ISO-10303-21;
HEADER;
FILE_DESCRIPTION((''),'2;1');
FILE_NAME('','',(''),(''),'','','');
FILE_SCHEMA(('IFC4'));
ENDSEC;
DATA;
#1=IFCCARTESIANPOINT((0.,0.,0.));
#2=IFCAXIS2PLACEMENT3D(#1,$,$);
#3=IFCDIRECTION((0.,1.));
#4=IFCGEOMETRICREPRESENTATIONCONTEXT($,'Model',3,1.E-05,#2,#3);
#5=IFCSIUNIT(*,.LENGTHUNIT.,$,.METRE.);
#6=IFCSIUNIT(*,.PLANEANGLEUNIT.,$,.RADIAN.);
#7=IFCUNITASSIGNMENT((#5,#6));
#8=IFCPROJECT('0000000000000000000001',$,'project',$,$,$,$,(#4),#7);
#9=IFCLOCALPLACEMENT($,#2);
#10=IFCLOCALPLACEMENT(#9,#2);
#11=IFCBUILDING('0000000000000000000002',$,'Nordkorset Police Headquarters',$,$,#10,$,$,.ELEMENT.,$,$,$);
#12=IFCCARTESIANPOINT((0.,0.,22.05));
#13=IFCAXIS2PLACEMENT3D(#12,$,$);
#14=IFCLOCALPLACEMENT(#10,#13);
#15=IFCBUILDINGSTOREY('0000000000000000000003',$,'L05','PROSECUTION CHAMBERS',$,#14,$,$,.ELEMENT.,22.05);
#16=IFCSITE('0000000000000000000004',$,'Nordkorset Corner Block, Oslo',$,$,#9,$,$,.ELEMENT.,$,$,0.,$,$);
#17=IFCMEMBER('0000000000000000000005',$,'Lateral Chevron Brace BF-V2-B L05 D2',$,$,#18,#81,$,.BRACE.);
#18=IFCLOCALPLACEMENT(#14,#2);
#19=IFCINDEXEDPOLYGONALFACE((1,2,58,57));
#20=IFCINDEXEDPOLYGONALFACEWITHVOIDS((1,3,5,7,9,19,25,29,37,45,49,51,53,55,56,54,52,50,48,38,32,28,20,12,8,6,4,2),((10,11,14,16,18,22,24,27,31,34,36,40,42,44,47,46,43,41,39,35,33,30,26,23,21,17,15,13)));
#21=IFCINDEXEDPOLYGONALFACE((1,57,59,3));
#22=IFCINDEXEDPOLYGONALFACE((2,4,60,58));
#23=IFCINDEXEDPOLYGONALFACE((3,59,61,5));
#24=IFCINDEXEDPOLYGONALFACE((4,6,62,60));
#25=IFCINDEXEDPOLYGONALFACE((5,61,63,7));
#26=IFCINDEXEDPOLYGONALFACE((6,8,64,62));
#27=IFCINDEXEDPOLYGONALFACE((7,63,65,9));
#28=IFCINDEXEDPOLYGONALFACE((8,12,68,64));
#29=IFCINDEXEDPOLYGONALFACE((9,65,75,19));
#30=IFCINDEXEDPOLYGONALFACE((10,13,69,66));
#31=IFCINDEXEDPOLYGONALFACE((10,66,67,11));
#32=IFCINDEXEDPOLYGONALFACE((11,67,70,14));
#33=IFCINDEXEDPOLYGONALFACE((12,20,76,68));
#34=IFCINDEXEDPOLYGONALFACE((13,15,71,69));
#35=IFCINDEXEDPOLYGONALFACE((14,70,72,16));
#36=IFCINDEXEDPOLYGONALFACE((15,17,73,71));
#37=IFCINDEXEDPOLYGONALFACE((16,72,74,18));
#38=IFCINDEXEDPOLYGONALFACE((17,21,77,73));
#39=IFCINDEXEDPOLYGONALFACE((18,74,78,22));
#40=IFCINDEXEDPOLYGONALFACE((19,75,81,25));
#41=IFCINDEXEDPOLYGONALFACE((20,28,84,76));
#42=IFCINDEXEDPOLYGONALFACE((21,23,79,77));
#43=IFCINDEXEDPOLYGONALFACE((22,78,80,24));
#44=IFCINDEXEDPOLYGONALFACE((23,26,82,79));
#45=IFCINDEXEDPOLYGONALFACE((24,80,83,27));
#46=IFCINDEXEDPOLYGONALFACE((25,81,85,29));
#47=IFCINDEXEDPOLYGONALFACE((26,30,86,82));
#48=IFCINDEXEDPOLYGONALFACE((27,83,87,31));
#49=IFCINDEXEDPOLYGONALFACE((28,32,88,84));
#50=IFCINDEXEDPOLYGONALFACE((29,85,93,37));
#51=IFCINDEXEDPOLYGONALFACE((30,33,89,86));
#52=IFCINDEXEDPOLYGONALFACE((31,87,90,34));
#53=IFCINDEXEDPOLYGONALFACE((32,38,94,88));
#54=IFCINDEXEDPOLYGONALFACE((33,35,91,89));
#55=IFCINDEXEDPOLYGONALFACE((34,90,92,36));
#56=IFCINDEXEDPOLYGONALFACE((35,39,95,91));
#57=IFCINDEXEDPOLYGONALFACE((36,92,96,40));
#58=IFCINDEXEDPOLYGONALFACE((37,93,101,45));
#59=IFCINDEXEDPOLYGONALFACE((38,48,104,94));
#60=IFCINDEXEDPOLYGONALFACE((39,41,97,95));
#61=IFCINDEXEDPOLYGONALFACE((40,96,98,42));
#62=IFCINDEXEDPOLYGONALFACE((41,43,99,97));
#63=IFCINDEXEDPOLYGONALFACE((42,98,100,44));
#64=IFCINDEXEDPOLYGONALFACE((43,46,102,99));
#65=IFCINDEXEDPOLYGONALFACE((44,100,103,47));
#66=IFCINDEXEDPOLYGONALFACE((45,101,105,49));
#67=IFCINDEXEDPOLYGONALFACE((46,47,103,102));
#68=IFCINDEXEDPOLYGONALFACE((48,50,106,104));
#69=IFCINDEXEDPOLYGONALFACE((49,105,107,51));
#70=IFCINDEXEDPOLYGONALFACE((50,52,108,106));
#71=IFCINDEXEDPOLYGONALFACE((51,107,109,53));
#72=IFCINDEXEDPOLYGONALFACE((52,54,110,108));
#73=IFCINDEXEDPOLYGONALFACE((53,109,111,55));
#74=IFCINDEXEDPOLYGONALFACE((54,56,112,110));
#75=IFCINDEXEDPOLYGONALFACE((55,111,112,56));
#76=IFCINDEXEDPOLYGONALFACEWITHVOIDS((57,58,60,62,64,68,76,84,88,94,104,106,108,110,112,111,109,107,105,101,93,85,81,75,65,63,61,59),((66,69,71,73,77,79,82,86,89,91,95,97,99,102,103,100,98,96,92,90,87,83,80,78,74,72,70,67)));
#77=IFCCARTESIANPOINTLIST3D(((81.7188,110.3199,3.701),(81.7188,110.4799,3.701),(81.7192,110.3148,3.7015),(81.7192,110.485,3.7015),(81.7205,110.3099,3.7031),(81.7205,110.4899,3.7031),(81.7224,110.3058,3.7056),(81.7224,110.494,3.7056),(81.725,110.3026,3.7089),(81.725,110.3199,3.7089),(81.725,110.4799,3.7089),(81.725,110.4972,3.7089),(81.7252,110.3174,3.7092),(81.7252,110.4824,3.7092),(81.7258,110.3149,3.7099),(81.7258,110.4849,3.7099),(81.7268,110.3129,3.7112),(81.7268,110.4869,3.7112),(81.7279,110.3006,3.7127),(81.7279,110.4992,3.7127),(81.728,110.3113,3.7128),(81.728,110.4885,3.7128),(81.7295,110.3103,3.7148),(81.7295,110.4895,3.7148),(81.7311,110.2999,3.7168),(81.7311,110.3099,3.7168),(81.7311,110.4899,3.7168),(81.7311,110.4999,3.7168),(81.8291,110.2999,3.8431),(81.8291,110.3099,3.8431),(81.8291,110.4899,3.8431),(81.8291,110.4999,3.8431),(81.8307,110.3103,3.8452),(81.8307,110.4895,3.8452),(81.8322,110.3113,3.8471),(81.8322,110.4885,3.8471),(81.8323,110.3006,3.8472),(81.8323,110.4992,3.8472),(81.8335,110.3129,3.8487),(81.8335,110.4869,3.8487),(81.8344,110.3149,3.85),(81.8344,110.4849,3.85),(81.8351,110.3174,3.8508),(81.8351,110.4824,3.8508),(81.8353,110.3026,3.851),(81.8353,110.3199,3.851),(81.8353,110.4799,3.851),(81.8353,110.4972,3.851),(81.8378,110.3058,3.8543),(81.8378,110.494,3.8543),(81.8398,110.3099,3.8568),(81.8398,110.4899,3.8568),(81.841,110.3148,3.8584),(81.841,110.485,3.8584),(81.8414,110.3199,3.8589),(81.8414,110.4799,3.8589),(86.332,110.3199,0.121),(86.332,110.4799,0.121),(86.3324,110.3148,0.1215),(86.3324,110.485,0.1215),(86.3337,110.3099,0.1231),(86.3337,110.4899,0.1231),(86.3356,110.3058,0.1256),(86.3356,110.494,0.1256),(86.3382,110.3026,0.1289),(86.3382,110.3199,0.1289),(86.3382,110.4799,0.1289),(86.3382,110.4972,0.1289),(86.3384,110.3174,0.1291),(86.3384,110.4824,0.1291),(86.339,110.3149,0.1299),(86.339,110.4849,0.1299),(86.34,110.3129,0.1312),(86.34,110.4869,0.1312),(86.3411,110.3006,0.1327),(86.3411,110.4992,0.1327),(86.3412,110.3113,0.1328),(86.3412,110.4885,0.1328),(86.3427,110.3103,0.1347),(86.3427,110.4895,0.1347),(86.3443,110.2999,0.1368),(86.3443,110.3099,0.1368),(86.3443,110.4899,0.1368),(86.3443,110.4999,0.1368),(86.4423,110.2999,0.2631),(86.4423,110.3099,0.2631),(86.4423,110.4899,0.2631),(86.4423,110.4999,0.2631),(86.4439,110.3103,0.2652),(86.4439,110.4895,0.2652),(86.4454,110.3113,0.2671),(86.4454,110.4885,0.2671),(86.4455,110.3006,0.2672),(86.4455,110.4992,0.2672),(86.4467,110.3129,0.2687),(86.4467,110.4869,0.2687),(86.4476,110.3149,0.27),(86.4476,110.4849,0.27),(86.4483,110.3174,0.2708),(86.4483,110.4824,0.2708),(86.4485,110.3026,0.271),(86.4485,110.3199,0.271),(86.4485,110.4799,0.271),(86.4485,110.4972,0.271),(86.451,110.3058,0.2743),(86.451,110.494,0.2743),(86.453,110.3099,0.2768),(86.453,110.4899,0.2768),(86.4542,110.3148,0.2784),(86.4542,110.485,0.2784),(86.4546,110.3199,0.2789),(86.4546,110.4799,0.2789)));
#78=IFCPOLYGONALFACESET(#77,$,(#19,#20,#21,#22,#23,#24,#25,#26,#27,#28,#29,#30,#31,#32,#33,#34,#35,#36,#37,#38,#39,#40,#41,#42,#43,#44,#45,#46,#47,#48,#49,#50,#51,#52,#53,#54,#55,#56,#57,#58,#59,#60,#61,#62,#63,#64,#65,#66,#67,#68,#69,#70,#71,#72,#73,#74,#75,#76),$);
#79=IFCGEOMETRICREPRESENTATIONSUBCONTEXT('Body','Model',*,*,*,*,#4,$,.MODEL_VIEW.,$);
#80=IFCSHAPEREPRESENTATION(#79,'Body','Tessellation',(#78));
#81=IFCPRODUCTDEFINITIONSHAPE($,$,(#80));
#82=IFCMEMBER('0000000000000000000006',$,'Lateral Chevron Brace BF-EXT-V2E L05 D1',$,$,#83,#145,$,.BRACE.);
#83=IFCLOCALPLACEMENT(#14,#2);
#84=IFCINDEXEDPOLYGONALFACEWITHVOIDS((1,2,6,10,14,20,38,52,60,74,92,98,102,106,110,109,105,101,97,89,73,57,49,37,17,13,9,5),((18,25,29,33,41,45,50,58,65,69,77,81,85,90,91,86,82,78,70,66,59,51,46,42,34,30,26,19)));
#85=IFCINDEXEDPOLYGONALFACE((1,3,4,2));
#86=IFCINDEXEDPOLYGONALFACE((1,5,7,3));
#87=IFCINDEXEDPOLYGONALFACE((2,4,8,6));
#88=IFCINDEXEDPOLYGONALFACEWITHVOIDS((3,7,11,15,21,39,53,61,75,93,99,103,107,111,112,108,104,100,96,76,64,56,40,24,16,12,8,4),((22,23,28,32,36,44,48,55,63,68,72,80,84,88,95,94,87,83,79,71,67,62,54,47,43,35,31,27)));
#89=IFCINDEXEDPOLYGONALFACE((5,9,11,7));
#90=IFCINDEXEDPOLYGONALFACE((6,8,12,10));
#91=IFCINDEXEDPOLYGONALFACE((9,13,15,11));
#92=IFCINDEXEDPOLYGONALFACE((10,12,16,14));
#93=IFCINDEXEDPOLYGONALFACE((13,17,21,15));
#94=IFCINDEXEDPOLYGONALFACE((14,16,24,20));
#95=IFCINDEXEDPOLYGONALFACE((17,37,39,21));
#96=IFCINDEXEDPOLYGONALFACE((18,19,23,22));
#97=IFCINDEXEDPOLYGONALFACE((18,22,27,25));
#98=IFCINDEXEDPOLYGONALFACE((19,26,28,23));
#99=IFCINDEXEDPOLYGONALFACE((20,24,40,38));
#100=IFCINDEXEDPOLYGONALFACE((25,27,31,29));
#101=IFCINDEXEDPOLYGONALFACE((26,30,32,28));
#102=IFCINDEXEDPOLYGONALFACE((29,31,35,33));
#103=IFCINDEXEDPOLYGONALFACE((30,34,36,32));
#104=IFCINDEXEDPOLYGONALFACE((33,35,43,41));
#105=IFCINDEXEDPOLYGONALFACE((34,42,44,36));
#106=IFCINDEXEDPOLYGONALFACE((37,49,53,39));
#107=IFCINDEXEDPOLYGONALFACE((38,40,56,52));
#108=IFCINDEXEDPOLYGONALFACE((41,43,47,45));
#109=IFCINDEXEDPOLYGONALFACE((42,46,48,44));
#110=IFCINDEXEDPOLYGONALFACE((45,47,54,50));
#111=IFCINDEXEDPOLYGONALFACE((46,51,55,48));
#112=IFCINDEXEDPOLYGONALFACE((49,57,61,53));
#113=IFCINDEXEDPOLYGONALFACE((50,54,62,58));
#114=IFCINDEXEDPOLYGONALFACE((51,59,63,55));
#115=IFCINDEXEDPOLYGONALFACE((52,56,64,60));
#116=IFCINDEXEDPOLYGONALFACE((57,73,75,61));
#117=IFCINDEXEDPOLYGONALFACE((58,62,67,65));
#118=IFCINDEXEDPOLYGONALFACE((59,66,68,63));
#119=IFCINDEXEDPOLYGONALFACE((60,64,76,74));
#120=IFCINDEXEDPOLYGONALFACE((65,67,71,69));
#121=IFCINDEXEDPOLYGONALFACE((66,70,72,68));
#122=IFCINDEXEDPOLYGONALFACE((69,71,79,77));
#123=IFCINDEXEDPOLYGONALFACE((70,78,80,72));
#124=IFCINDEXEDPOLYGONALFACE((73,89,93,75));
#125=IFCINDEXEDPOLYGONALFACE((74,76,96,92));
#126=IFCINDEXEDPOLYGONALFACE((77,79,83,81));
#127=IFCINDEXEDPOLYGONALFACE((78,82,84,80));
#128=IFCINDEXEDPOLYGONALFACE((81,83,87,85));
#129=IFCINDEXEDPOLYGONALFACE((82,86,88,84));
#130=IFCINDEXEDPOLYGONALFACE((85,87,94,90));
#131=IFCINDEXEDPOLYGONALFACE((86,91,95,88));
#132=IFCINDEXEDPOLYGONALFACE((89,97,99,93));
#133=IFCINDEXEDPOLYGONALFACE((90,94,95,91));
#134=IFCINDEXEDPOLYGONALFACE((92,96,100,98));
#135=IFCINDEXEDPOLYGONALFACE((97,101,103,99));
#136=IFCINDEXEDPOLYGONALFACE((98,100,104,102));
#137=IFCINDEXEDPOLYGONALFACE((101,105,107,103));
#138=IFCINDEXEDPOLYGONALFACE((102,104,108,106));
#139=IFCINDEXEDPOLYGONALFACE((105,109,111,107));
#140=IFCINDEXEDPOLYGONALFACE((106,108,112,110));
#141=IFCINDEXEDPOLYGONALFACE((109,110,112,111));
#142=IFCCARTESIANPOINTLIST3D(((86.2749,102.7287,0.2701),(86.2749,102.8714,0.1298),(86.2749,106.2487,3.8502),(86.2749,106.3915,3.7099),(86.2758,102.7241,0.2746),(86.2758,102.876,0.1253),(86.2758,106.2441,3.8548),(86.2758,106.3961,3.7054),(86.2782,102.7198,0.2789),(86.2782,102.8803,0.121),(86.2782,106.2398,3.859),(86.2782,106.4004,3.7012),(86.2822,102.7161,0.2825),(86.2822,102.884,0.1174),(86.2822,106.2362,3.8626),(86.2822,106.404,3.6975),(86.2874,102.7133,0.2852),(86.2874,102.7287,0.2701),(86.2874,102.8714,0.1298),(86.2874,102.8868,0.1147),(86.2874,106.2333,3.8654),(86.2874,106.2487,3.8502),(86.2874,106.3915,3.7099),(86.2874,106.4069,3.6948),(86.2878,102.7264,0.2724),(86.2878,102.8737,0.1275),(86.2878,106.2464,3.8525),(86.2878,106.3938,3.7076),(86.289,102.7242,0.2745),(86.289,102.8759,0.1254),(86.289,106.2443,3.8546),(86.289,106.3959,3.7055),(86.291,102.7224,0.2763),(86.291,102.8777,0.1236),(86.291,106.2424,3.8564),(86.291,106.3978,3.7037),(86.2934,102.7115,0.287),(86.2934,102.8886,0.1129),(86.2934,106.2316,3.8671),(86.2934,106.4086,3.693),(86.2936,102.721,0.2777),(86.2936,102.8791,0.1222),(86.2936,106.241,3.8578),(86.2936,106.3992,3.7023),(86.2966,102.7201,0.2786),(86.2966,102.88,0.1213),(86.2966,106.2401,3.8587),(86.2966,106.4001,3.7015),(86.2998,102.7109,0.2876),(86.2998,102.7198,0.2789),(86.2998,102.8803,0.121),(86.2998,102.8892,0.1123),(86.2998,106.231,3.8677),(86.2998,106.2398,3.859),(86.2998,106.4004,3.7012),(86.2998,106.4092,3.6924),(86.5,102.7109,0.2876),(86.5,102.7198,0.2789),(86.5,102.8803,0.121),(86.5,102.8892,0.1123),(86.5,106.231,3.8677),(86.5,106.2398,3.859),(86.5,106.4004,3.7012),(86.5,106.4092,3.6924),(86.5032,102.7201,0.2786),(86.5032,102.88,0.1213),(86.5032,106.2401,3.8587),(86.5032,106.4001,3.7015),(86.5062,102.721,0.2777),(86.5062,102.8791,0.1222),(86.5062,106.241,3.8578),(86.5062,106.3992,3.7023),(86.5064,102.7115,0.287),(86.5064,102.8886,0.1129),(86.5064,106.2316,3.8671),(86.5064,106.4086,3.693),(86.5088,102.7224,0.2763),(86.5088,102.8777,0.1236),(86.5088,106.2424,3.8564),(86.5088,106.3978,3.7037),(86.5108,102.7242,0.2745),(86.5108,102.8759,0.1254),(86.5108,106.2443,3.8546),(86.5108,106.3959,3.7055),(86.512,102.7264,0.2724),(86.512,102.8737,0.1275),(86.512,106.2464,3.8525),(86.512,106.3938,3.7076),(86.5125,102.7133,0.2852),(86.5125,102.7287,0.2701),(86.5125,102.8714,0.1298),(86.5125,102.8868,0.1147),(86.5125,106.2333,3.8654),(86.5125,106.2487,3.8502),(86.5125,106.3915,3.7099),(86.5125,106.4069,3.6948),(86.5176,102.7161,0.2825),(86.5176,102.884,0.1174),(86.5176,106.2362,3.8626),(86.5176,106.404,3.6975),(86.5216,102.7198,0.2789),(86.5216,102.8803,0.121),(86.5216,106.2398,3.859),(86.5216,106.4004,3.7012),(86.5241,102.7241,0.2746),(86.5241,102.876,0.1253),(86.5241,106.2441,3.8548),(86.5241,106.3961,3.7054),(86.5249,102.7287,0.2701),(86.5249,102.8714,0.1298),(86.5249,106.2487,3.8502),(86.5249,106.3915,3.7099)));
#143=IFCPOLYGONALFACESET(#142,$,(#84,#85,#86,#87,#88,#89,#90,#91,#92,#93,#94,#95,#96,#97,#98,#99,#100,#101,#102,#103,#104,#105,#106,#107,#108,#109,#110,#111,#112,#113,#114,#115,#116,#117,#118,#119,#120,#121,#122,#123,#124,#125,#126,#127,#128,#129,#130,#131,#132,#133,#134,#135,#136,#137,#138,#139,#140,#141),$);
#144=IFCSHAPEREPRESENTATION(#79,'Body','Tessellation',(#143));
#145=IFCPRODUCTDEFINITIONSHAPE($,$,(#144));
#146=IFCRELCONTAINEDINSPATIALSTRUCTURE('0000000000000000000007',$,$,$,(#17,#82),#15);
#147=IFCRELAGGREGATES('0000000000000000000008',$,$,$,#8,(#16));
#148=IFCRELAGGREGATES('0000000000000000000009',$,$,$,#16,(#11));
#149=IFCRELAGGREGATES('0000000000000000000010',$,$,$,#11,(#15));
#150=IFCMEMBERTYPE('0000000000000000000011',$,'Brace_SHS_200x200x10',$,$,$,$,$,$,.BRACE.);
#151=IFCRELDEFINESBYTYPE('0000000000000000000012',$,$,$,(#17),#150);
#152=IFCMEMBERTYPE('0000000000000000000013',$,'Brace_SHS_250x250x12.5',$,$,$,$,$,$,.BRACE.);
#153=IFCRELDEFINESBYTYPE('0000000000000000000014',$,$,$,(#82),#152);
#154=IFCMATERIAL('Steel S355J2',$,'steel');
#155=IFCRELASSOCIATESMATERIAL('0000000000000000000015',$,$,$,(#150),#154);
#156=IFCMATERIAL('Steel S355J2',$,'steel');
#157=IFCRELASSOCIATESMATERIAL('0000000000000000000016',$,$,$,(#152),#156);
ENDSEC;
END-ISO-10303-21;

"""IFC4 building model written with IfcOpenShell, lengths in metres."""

from ifc_helpers import new_model, si_unit, direction, frame, origin, origin_2d, place, context, subcontext, project, spatial, hollow_rectangle, extrude, material, material_profile, profile_set, type_object, element, save


model = new_model("IFC4")

# Units and contexts
model_context = context("Model", 3, precision=1e-05, world=origin(), true_north=direction((0.0, 1.0)))
body_context = subcontext(model_context, "Body", "Model", "MODEL_VIEW")
ifc_project = project(units=[si_unit("LENGTHUNIT", "METRE"), si_unit("PLANEANGLEUNIT", "RADIAN")], contexts=[model_context])

# Site, building, storey
site_placement = place(None, origin())
site = spatial("IfcSite", under=ifc_project, at=site_placement, Name="Nordkorset Corner Block, Oslo", CompositionType="ELEMENT", RefElevation=0.0)
building_placement = place(site_placement, origin())
building = spatial("IfcBuilding", under=site, at=building_placement, Name="Nordkorset Police Headquarters", CompositionType="ELEMENT")
storey_placement = place(building_placement, frame((0.0, 0.0, 22.05)))
storey = spatial("IfcBuildingStorey", under=building, at=storey_placement, Name="L05", Description="PROSECUTION CHAMBERS", CompositionType="ELEMENT", Elevation=22.05)

# Members
ifc_material_1 = material(Name="Steel S355J2", Category="steel")
ifc_material_profile_1 = material_profile(ifc_material_1, hollow_rectangle(XDim=0.2, YDim=0.2, WallThickness=0.01, InnerFilletRadius=0.01, OuterFilletRadius=0.02, at=origin_2d()), Name="SHS 200x200x10")
ifc_profile_set_1 = profile_set([ifc_material_profile_1], Name="Steel S355J2")
member_type_1 = type_object("IfcMemberType", Name="Brace_SHS_200x200x10", PredefinedType="BRACE", material=ifc_profile_set_1)
for number, where, z_axis, x_axis, name in (
    (1, (86.3933, 110.3999, 0.2), (-0.790018, 0.0, 0.613083), (0.0, -1.0, 0.0), "Lateral Chevron Brace BF-V2-B L05 D2"),
):
    element("IfcMember", number, at=place(storey_placement, frame(where, z_axis=z_axis, x_axis=x_axis)), inside=storey, type_object=member_type_1, Name=name, PredefinedType="BRACE", context=body_context, shape_type="SweptSolid", body=[
        extrude(hollow_rectangle(XDim=0.2, YDim=0.2, WallThickness=0.01, InnerFilletRadius=0.01, OuterFilletRadius=0.02, at=origin_2d()), origin(), (0.0, 0.0, 1.0), 5.8394),
    ])
ifc_material_2 = material(Name="Steel S355J2", Category="steel")
ifc_material_profile_2 = material_profile(ifc_material_2, hollow_rectangle(XDim=0.25, YDim=0.25, WallThickness=0.0125, InnerFilletRadius=0.0125, OuterFilletRadius=0.0249, at=origin_2d()), Name="SHS 250x250x12.5")
ifc_profile_set_2 = profile_set([ifc_material_profile_2], Name="Steel S355J2")
member_type_2 = type_object("IfcMemberType", Name="Brace_SHS_250x250x12.5", PredefinedType="BRACE", material=ifc_profile_set_2)
for number, where, z_axis, x_axis, name in (
    (2, (86.3999, 102.8, 0.2), (0.0, 0.7011, 0.713063), (-1.0, 0.0, 0.0), "Lateral Chevron Brace BF-EXT-V2E L05 D1"),
):
    element("IfcMember", number, at=place(storey_placement, frame(where, z_axis=z_axis, x_axis=x_axis)), inside=storey, type_object=member_type_2, Name=name, PredefinedType="BRACE", context=body_context, shape_type="SweptSolid", body=[
        extrude(hollow_rectangle(XDim=0.25, YDim=0.25, WallThickness=0.0125, InnerFilletRadius=0.0125, OuterFilletRadius=0.0249, at=origin_2d()), origin(), (0.0, 0.0, 1.0), 5.0208),
    ])

save(model, "model.ifc")
